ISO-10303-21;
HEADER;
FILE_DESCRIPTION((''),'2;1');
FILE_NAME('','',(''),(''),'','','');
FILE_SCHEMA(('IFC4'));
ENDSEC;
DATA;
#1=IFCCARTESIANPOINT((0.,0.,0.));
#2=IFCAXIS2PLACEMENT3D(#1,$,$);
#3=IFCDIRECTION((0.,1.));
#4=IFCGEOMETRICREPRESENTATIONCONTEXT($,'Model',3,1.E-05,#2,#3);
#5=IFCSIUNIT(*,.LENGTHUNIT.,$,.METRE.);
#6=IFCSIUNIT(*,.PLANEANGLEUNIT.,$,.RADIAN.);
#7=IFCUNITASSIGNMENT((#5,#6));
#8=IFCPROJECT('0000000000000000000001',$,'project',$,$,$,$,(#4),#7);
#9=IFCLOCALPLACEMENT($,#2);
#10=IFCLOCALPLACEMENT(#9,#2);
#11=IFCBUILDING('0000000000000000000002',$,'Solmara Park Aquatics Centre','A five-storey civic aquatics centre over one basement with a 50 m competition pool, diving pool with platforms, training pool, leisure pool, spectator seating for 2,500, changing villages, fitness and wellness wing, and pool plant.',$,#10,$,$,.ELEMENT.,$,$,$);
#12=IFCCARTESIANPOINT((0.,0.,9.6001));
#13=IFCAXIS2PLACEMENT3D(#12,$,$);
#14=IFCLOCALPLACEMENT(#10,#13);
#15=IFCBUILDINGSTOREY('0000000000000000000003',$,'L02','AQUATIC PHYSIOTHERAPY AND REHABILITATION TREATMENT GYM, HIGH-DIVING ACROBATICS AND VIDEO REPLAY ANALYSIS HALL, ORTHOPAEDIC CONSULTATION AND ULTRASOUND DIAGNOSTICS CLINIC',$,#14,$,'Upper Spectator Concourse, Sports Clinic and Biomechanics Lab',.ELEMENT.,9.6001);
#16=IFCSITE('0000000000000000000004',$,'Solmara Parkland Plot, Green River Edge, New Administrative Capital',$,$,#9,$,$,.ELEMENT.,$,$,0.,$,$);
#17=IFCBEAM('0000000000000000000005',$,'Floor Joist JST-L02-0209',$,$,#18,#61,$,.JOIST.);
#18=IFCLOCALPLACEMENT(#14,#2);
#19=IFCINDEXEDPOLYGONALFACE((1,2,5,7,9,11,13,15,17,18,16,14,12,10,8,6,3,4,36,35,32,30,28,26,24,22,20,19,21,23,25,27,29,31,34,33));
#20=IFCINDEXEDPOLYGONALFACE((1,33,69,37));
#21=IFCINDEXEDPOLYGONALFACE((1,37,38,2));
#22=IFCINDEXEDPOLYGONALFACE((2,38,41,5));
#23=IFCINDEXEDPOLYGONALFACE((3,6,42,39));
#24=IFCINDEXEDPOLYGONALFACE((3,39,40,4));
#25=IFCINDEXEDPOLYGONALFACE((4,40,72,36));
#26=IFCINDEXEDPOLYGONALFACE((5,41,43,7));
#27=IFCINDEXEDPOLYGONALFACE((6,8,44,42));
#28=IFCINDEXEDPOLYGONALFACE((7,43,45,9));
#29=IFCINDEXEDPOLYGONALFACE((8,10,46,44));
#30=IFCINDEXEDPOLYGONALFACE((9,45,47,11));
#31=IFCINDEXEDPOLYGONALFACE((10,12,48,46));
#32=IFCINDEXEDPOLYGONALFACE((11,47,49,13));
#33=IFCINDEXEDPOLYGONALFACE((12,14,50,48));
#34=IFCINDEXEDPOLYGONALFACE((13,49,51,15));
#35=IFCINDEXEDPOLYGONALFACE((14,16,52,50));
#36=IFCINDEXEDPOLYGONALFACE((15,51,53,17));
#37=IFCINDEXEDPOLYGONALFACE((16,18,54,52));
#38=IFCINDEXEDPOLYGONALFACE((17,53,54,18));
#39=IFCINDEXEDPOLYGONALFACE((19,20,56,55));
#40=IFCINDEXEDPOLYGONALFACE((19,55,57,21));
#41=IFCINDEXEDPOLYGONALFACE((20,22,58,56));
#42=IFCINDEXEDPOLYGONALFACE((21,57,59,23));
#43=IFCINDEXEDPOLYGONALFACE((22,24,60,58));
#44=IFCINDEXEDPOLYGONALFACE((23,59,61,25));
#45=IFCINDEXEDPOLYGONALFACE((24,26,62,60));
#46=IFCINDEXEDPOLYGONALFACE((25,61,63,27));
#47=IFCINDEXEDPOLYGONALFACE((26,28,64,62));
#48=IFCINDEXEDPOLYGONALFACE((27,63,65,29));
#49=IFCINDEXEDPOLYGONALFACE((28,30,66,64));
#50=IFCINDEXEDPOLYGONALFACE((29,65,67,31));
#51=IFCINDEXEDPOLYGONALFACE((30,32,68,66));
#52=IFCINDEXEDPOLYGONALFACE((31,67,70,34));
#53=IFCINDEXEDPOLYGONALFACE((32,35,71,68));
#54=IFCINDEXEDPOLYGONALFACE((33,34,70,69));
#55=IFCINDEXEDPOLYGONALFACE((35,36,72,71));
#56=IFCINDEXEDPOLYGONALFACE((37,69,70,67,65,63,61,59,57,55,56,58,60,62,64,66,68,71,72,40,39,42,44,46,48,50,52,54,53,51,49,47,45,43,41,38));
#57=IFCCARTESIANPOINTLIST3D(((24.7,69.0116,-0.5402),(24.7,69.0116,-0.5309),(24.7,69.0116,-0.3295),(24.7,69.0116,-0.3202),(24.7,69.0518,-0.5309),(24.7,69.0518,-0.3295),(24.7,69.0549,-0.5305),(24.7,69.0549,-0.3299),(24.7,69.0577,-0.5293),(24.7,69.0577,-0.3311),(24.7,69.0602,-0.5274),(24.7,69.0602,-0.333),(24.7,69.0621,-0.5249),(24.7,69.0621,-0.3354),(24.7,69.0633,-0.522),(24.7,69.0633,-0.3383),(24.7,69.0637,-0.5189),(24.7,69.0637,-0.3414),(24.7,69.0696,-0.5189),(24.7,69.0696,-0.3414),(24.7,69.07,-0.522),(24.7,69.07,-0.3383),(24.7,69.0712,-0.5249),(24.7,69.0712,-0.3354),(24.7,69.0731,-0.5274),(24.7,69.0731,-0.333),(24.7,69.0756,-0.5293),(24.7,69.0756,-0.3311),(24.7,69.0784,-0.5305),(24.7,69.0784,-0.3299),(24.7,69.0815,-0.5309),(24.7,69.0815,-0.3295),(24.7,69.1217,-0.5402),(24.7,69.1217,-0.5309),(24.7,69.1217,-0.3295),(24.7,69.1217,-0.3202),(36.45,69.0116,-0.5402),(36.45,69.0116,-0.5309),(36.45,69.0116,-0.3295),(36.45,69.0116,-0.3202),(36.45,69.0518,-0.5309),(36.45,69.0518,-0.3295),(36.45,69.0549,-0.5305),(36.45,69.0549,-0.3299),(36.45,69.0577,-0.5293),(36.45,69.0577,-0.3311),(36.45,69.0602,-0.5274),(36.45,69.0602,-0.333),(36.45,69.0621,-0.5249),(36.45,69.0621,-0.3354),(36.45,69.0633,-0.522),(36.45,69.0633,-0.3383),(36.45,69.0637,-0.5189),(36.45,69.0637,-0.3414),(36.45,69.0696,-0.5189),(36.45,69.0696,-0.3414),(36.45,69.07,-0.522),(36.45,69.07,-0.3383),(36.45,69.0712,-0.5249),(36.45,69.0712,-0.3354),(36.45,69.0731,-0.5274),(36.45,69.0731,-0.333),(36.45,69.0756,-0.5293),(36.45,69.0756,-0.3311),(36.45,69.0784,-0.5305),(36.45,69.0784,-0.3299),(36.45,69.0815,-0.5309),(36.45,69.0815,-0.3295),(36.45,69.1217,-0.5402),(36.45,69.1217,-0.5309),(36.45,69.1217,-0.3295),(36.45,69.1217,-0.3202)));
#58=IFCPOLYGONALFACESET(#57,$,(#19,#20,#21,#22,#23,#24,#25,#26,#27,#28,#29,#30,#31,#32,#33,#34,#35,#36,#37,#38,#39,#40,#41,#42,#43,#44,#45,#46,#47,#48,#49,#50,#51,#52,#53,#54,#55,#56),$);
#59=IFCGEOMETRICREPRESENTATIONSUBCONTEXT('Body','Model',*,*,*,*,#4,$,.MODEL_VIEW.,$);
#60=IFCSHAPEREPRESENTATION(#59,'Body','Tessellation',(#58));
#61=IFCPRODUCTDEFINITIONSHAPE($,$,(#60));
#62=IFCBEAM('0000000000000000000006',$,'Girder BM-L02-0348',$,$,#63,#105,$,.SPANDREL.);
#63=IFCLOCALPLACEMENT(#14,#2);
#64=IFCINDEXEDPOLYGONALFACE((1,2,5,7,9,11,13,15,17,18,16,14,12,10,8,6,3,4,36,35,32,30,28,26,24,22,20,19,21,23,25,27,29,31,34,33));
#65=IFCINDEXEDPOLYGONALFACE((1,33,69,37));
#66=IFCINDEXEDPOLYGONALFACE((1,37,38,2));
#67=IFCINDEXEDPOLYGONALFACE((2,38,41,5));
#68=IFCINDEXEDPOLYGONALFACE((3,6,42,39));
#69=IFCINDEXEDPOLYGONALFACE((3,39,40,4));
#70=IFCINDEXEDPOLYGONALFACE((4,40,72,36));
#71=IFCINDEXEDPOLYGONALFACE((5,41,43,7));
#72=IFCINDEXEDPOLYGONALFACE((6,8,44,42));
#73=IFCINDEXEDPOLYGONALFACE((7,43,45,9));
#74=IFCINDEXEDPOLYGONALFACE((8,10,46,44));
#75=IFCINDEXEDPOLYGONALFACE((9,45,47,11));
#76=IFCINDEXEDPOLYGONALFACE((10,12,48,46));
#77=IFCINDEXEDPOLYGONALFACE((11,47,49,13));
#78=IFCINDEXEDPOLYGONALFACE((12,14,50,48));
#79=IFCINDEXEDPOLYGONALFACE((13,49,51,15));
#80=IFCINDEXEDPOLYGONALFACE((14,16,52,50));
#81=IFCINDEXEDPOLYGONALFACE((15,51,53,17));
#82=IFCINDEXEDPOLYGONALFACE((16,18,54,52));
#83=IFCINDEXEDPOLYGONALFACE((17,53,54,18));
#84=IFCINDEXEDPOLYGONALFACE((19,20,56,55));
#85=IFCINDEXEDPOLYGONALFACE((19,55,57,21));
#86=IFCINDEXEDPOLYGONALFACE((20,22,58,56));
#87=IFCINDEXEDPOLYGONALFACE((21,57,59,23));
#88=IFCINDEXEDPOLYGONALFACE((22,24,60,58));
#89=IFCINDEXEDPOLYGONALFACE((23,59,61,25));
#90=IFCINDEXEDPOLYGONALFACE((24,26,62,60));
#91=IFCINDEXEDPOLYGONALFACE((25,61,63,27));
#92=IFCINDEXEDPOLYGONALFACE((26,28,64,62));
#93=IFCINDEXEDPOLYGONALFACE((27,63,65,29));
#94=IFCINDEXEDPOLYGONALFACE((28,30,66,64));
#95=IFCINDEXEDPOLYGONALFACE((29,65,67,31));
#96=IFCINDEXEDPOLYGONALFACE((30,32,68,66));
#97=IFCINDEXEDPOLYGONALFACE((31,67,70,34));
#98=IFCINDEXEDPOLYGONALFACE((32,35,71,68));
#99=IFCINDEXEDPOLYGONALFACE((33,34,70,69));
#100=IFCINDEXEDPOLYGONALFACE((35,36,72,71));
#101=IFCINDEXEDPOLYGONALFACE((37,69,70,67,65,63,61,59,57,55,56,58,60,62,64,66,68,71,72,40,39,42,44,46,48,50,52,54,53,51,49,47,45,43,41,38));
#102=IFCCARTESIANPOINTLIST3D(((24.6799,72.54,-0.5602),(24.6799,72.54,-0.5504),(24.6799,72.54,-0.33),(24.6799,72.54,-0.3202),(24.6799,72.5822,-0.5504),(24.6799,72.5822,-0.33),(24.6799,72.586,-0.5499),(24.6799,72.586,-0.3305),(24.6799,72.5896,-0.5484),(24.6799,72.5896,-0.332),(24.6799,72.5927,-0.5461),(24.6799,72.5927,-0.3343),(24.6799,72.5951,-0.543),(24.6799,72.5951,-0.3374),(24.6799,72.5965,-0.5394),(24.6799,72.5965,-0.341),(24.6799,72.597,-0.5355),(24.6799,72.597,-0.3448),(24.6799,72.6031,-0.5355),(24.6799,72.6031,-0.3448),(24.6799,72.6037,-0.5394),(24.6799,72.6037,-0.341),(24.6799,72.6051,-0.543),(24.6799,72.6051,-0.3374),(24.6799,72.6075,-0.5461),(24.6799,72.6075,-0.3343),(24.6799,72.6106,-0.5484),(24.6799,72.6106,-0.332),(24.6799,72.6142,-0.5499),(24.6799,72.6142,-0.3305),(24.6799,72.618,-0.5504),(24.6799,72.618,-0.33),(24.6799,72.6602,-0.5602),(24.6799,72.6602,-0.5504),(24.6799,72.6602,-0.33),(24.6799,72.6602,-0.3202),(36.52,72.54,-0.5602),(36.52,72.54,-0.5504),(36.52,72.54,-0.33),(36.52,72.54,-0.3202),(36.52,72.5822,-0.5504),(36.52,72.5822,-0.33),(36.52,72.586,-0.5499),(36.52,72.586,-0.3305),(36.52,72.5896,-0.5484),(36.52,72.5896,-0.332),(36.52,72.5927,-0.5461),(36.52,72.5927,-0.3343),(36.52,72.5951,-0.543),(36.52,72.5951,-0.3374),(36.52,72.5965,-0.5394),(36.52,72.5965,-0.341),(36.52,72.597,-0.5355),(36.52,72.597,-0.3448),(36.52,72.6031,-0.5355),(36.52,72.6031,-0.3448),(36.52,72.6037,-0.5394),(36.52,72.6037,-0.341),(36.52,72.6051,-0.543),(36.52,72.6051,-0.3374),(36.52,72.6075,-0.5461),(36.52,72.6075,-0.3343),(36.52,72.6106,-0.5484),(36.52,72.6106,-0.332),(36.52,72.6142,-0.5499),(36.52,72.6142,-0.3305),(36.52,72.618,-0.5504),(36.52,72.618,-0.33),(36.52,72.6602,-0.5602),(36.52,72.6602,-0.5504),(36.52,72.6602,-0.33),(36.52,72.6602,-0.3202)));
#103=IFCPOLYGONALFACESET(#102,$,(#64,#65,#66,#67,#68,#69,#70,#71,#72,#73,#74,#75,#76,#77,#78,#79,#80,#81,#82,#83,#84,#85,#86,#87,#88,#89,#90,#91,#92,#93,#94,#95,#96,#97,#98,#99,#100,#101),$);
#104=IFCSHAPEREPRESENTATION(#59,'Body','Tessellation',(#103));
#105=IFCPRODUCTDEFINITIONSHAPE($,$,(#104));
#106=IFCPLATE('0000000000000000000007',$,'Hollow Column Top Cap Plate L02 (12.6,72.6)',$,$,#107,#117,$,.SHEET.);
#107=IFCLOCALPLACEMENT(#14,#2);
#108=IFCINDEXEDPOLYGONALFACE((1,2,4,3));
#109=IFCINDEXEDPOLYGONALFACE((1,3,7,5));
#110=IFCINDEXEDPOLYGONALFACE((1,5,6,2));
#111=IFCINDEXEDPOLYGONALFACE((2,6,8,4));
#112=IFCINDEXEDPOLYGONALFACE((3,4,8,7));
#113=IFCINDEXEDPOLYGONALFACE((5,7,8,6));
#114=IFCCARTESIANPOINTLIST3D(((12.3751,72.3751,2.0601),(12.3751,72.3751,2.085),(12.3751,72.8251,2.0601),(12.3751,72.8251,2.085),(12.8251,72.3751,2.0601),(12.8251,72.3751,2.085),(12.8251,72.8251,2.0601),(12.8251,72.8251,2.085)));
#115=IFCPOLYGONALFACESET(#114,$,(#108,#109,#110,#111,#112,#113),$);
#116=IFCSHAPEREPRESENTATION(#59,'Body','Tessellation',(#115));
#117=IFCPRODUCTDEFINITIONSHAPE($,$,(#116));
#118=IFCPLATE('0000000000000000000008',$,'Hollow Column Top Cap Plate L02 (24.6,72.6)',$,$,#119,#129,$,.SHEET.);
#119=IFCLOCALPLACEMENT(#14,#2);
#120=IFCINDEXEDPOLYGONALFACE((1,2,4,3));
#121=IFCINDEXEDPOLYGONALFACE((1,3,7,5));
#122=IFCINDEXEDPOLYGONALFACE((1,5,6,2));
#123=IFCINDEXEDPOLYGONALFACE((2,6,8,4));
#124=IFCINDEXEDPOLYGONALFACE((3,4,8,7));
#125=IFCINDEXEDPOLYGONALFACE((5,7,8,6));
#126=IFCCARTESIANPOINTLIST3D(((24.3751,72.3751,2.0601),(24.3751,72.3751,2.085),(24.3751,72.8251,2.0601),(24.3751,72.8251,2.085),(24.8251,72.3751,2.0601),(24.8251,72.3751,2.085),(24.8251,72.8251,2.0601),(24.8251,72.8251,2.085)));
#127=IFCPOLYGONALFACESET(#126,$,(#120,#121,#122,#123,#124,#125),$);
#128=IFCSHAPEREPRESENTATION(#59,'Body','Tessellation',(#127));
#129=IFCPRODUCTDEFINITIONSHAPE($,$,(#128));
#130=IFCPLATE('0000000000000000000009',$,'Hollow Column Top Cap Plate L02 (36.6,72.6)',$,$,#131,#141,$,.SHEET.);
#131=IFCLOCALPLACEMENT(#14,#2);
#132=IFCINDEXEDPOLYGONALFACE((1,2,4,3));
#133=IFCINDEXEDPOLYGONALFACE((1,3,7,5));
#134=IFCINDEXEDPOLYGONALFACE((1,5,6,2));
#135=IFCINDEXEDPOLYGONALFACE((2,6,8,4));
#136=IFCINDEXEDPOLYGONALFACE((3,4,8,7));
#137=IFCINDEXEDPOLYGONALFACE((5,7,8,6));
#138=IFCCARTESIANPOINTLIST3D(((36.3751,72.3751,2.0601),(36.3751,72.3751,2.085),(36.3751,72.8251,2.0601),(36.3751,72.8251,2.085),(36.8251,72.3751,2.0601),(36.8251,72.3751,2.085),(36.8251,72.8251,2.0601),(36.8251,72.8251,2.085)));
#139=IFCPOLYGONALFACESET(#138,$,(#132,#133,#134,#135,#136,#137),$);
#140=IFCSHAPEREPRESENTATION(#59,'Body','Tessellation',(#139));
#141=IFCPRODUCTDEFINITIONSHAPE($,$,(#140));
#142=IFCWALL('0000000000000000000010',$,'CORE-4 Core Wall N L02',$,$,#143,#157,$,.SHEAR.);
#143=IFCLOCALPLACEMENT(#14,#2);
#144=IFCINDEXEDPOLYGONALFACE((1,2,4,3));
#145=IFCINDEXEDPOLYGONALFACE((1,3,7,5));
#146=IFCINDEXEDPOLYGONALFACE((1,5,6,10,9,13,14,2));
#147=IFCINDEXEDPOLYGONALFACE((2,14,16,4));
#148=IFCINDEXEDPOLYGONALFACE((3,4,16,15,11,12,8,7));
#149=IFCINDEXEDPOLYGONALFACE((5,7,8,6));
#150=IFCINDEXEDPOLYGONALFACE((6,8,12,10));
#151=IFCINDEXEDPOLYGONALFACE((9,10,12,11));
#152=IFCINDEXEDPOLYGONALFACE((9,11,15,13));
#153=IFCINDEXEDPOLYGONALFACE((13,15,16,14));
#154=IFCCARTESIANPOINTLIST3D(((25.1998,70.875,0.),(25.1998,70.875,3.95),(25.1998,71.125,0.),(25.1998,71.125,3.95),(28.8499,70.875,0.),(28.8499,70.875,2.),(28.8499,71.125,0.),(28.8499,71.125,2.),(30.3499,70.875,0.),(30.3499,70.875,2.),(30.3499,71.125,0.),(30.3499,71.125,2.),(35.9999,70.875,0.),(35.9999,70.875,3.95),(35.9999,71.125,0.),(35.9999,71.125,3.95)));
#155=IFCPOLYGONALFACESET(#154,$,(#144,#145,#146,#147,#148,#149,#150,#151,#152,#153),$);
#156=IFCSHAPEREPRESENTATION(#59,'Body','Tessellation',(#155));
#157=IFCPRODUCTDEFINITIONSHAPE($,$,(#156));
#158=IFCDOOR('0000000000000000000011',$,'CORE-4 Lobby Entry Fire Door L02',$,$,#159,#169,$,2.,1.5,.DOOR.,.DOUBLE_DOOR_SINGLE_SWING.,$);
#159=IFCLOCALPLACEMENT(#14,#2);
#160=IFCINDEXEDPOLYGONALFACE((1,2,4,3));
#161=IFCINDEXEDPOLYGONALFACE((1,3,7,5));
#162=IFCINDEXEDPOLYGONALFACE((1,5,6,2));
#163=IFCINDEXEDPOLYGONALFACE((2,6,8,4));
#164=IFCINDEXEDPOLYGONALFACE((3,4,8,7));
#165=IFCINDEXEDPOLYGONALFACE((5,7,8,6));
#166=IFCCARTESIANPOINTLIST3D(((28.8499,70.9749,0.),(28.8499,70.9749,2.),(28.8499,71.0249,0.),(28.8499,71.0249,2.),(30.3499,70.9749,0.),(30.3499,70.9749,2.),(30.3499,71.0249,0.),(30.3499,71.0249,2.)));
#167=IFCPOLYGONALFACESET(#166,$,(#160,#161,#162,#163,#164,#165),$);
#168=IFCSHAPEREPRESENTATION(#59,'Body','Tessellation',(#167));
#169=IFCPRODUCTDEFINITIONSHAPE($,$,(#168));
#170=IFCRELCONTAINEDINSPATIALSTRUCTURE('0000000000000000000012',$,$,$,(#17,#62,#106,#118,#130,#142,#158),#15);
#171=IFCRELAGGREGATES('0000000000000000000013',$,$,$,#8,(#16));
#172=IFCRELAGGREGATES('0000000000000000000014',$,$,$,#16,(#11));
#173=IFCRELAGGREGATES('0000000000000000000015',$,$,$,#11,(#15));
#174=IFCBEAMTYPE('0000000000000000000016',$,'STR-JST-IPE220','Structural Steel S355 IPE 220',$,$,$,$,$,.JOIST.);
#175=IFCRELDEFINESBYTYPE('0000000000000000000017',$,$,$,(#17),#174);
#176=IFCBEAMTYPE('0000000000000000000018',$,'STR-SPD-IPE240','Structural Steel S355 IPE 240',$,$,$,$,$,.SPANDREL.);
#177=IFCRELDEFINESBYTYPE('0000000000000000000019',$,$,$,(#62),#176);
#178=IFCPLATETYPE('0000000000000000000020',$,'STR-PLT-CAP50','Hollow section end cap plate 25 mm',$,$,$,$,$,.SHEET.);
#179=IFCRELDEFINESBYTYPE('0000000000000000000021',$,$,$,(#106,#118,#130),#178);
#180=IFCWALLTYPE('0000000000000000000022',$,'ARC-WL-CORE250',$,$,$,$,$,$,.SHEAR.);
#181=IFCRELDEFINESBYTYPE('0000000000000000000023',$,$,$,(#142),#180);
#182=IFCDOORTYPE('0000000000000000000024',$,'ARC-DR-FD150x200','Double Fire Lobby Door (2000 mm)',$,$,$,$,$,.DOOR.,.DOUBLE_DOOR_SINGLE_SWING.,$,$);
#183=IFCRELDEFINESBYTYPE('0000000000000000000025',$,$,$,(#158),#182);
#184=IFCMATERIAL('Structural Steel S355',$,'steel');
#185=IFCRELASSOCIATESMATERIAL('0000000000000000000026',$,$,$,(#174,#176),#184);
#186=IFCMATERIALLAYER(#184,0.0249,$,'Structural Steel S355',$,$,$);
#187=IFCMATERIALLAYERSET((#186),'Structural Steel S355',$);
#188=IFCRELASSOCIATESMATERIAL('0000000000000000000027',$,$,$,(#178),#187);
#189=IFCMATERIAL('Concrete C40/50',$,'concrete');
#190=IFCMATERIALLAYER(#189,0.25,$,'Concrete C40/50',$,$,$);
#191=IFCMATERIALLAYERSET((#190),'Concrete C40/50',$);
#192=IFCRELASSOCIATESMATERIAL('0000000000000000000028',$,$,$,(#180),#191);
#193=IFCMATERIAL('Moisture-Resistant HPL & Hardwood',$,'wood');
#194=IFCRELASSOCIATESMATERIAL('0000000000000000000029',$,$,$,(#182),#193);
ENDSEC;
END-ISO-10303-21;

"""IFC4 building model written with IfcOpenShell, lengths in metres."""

from ifc_helpers import new_model, si_unit, direction, frame, frame_2d, origin, origin_2d, place, context, subcontext, project, spatial, rectangle, i_section, extrude, material, layer, layer_set, material_profile, profile_set, type_object, element, fill, save


model = new_model("IFC4")

# Units and contexts
model_context = context("Model", 3, precision=1e-05, world=origin(), true_north=direction((0.0, 1.0)))
body_context = subcontext(model_context, "Body", "Model", "MODEL_VIEW")
ifc_project = project(units=[si_unit("LENGTHUNIT", "METRE"), si_unit("PLANEANGLEUNIT", "RADIAN")], contexts=[model_context])

# Site, building, storey
site_placement = place(None, origin())
site = spatial("IfcSite", under=ifc_project, at=site_placement, Name="Solmara Parkland Plot, Green River Edge, New Administrative Capital", CompositionType="ELEMENT", RefElevation=0.0)
building_placement = place(site_placement, origin())
building = spatial("IfcBuilding", under=site, at=building_placement, Name="Solmara Park Aquatics Centre", Description="A five-storey civic aquatics centre over one basement with a 50 m competition pool, diving pool with platforms, training pool, leisure pool, spectator seating for 2,500, changing villages, fitness and wellness wing, and pool plant.", CompositionType="ELEMENT")
storey_placement = place(building_placement, frame((0.0, 0.0, 9.6001)))
storey = spatial("IfcBuildingStorey", under=building, at=storey_placement, Name="L02", Description="AQUATIC PHYSIOTHERAPY AND REHABILITATION TREATMENT GYM, HIGH-DIVING ACROBATICS AND VIDEO REPLAY ANALYSIS HALL, ORTHOPAEDIC CONSULTATION AND ULTRASOUND DIAGNOSTICS CLINIC", LongName="Upper Spectator Concourse, Sports Clinic and Biomechanics Lab", CompositionType="ELEMENT", Elevation=9.6001)

# Shared definitions
ifc_material_1 = material(Name="Structural Steel S355", Category="steel")

# Beams
ifc_material_profile_1 = material_profile(ifc_material_1, i_section(OverallWidth=0.1101, OverallDepth=0.22, WebThickness=0.0059, FlangeThickness=0.0093, FilletRadius=0.012, at=origin_2d()), Name="IPE 220")
ifc_profile_set_1 = profile_set([ifc_material_profile_1], Name="Structural Steel S355")
beam_type_1 = type_object("IfcBeamType", Name="STR-JST-IPE220", Description="Structural Steel S355 IPE 220", PredefinedType="JOIST", material=ifc_profile_set_1)
beam_1_placement = place(storey_placement, frame((24.7, 69.0667, -0.4302), z_axis=(1.0, 0.0, 0.0), x_axis=(0.0, 1.0, 0.0)))
element("IfcBeam", 1, at=beam_1_placement, inside=storey, type_object=beam_type_1, Name="Floor Joist JST-L02-0209", PredefinedType="JOIST", context=body_context, shape_type="SweptSolid", body=[
    extrude(i_section(OverallWidth=0.1101, OverallDepth=0.22, WebThickness=0.0059, FlangeThickness=0.0093, FilletRadius=0.012, at=origin_2d()), origin(), (0.0, 0.0, 1.0), 11.75),
])
ifc_material_profile_2 = material_profile(ifc_material_1, i_section(OverallWidth=0.1201, OverallDepth=0.24, WebThickness=0.0061, FlangeThickness=0.0098, FilletRadius=0.0149, at=origin_2d()), Name="IPE 240")
ifc_profile_set_2 = profile_set([ifc_material_profile_2], Name="Structural Steel S355")
beam_type_2 = type_object("IfcBeamType", Name="STR-SPD-IPE240", Description="Structural Steel S355 IPE 240", PredefinedType="SPANDREL", material=ifc_profile_set_2)
beam_2_placement = place(storey_placement, frame((24.6799, 72.6001, -0.4402), z_axis=(1.0, 0.0, 0.0), x_axis=(0.0, 1.0, 0.0)))
element("IfcBeam", 2, at=beam_2_placement, inside=storey, type_object=beam_type_2, Name="Girder BM-L02-0348", PredefinedType="SPANDREL", context=body_context, shape_type="SweptSolid", body=[
    extrude(i_section(OverallWidth=0.1201, OverallDepth=0.24, WebThickness=0.0061, FlangeThickness=0.0098, FilletRadius=0.0149, at=origin_2d()), origin(), (0.0, 0.0, 1.0), 11.8401),
])

# Plates
ifc_layer_1 = layer(ifc_material_1, 0.0249, Name="Structural Steel S355")
ifc_layer_set_1 = layer_set([ifc_layer_1], Name="Structural Steel S355")
plate_type = type_object("IfcPlateType", Name="STR-PLT-CAP50", Description="Hollow section end cap plate 25 mm", PredefinedType="SHEET", material=ifc_layer_set_1)
for number, where, z_axis, x_axis, name in (
    (3, (12.6001, 72.6001, 2.0601), (0.0, 0.0, 1.0), (1.0, 0.0, 0.0), "Hollow Column Top Cap Plate L02 (12.6,72.6)"),
    (4, (24.6001, 72.6001, 2.0601), (0.0, 0.0, 1.0), (1.0, 0.0, 0.0), "Hollow Column Top Cap Plate L02 (24.6,72.6)"),
    (5, (36.6001, 72.6001, 2.0601), (0.0, 0.0, 1.0), (1.0, 0.0, 0.0), "Hollow Column Top Cap Plate L02 (36.6,72.6)"),
):
    element("IfcPlate", number, at=place(storey_placement, frame(where, z_axis=z_axis, x_axis=x_axis)), inside=storey, type_object=plate_type, Name=name, PredefinedType="SHEET", context=body_context, shape_type="SweptSolid", body=[
        extrude(rectangle(XDim=0.45, YDim=0.45, at=origin_2d()), origin(), (0.0, 0.0, 1.0), 0.0249),
    ])

# Wall, opening, door
ifc_material_2 = material(Name="Concrete C40/50", Category="concrete")
ifc_layer_2 = layer(ifc_material_2, 0.25, Name="Concrete C40/50")
ifc_layer_set_2 = layer_set([ifc_layer_2], Name="Concrete C40/50")
wall_type_1 = type_object("IfcWallType", Name="ARC-WL-CORE250", PredefinedType="SHEAR", material=ifc_layer_set_2)
wall_1_placement = place(storey_placement, frame((25.2, 71.0, 0.0), z_axis=(0.0, 0.0, 1.0), x_axis=(1.0, 0.0, 0.0)))
wall_1 = element("IfcWall", 6, at=wall_1_placement, inside=storey, type_object=wall_type_1, Name="CORE-4 Core Wall N L02", PredefinedType="SHEAR", context=body_context, shape_type="SweptSolid", body=[
    extrude(rectangle(XDim=10.8, YDim=0.25, at=frame_2d((5.3999, 0.0))), origin(), (0.0, 0.0, 1.0), 3.95),
])
opening_1_placement = place(wall_1_placement, frame((3.6499, 0.0, 0.0)))
opening_1 = element("IfcOpeningElement", 7, at=opening_1_placement, cuts=wall_1, PredefinedType="OPENING", context=body_context, shape_type="SweptSolid", body=[
    extrude(rectangle(XDim=1.5, YDim=2.0, at=frame_2d((0.75, 1.0))), frame((0.0, 0.135, 0.0), z_axis=(0.0, -1.0, 0.0), x_axis=(1.0, 0.0, 0.0)), (0.0, 0.0, 1.0), 0.27),
])
ifc_material_3 = material(Name="Moisture-Resistant HPL & Hardwood", Category="wood")
door_type_1 = type_object("IfcDoorType", Name="ARC-DR-FD150x200", Description="Double Fire Lobby Door (2000 mm)", OperationType="DOUBLE_DOOR_SINGLE_SWING", PredefinedType="DOOR", material=ifc_material_3)
door_1_placement = place(opening_1_placement, origin())
door_1 = element("IfcDoor", 8, at=door_1_placement, inside=storey, type_object=door_type_1, Name="CORE-4 Lobby Entry Fire Door L02", OperationType="DOUBLE_DOOR_SINGLE_SWING", OverallHeight=2.0, OverallWidth=1.5, PredefinedType="DOOR", context=body_context, shape_type="SweptSolid", body=[
    extrude(rectangle(XDim=1.5, YDim=2.0, at=frame_2d((0.75, 1.0))), frame((0.0, 0.0249, 0.0), z_axis=(0.0, -1.0, 0.0), x_axis=(1.0, 0.0, 0.0)), (0.0, 0.0, 1.0), 0.05),
])
fill(opening_1, door_1)

save(model, "model.ifc")
